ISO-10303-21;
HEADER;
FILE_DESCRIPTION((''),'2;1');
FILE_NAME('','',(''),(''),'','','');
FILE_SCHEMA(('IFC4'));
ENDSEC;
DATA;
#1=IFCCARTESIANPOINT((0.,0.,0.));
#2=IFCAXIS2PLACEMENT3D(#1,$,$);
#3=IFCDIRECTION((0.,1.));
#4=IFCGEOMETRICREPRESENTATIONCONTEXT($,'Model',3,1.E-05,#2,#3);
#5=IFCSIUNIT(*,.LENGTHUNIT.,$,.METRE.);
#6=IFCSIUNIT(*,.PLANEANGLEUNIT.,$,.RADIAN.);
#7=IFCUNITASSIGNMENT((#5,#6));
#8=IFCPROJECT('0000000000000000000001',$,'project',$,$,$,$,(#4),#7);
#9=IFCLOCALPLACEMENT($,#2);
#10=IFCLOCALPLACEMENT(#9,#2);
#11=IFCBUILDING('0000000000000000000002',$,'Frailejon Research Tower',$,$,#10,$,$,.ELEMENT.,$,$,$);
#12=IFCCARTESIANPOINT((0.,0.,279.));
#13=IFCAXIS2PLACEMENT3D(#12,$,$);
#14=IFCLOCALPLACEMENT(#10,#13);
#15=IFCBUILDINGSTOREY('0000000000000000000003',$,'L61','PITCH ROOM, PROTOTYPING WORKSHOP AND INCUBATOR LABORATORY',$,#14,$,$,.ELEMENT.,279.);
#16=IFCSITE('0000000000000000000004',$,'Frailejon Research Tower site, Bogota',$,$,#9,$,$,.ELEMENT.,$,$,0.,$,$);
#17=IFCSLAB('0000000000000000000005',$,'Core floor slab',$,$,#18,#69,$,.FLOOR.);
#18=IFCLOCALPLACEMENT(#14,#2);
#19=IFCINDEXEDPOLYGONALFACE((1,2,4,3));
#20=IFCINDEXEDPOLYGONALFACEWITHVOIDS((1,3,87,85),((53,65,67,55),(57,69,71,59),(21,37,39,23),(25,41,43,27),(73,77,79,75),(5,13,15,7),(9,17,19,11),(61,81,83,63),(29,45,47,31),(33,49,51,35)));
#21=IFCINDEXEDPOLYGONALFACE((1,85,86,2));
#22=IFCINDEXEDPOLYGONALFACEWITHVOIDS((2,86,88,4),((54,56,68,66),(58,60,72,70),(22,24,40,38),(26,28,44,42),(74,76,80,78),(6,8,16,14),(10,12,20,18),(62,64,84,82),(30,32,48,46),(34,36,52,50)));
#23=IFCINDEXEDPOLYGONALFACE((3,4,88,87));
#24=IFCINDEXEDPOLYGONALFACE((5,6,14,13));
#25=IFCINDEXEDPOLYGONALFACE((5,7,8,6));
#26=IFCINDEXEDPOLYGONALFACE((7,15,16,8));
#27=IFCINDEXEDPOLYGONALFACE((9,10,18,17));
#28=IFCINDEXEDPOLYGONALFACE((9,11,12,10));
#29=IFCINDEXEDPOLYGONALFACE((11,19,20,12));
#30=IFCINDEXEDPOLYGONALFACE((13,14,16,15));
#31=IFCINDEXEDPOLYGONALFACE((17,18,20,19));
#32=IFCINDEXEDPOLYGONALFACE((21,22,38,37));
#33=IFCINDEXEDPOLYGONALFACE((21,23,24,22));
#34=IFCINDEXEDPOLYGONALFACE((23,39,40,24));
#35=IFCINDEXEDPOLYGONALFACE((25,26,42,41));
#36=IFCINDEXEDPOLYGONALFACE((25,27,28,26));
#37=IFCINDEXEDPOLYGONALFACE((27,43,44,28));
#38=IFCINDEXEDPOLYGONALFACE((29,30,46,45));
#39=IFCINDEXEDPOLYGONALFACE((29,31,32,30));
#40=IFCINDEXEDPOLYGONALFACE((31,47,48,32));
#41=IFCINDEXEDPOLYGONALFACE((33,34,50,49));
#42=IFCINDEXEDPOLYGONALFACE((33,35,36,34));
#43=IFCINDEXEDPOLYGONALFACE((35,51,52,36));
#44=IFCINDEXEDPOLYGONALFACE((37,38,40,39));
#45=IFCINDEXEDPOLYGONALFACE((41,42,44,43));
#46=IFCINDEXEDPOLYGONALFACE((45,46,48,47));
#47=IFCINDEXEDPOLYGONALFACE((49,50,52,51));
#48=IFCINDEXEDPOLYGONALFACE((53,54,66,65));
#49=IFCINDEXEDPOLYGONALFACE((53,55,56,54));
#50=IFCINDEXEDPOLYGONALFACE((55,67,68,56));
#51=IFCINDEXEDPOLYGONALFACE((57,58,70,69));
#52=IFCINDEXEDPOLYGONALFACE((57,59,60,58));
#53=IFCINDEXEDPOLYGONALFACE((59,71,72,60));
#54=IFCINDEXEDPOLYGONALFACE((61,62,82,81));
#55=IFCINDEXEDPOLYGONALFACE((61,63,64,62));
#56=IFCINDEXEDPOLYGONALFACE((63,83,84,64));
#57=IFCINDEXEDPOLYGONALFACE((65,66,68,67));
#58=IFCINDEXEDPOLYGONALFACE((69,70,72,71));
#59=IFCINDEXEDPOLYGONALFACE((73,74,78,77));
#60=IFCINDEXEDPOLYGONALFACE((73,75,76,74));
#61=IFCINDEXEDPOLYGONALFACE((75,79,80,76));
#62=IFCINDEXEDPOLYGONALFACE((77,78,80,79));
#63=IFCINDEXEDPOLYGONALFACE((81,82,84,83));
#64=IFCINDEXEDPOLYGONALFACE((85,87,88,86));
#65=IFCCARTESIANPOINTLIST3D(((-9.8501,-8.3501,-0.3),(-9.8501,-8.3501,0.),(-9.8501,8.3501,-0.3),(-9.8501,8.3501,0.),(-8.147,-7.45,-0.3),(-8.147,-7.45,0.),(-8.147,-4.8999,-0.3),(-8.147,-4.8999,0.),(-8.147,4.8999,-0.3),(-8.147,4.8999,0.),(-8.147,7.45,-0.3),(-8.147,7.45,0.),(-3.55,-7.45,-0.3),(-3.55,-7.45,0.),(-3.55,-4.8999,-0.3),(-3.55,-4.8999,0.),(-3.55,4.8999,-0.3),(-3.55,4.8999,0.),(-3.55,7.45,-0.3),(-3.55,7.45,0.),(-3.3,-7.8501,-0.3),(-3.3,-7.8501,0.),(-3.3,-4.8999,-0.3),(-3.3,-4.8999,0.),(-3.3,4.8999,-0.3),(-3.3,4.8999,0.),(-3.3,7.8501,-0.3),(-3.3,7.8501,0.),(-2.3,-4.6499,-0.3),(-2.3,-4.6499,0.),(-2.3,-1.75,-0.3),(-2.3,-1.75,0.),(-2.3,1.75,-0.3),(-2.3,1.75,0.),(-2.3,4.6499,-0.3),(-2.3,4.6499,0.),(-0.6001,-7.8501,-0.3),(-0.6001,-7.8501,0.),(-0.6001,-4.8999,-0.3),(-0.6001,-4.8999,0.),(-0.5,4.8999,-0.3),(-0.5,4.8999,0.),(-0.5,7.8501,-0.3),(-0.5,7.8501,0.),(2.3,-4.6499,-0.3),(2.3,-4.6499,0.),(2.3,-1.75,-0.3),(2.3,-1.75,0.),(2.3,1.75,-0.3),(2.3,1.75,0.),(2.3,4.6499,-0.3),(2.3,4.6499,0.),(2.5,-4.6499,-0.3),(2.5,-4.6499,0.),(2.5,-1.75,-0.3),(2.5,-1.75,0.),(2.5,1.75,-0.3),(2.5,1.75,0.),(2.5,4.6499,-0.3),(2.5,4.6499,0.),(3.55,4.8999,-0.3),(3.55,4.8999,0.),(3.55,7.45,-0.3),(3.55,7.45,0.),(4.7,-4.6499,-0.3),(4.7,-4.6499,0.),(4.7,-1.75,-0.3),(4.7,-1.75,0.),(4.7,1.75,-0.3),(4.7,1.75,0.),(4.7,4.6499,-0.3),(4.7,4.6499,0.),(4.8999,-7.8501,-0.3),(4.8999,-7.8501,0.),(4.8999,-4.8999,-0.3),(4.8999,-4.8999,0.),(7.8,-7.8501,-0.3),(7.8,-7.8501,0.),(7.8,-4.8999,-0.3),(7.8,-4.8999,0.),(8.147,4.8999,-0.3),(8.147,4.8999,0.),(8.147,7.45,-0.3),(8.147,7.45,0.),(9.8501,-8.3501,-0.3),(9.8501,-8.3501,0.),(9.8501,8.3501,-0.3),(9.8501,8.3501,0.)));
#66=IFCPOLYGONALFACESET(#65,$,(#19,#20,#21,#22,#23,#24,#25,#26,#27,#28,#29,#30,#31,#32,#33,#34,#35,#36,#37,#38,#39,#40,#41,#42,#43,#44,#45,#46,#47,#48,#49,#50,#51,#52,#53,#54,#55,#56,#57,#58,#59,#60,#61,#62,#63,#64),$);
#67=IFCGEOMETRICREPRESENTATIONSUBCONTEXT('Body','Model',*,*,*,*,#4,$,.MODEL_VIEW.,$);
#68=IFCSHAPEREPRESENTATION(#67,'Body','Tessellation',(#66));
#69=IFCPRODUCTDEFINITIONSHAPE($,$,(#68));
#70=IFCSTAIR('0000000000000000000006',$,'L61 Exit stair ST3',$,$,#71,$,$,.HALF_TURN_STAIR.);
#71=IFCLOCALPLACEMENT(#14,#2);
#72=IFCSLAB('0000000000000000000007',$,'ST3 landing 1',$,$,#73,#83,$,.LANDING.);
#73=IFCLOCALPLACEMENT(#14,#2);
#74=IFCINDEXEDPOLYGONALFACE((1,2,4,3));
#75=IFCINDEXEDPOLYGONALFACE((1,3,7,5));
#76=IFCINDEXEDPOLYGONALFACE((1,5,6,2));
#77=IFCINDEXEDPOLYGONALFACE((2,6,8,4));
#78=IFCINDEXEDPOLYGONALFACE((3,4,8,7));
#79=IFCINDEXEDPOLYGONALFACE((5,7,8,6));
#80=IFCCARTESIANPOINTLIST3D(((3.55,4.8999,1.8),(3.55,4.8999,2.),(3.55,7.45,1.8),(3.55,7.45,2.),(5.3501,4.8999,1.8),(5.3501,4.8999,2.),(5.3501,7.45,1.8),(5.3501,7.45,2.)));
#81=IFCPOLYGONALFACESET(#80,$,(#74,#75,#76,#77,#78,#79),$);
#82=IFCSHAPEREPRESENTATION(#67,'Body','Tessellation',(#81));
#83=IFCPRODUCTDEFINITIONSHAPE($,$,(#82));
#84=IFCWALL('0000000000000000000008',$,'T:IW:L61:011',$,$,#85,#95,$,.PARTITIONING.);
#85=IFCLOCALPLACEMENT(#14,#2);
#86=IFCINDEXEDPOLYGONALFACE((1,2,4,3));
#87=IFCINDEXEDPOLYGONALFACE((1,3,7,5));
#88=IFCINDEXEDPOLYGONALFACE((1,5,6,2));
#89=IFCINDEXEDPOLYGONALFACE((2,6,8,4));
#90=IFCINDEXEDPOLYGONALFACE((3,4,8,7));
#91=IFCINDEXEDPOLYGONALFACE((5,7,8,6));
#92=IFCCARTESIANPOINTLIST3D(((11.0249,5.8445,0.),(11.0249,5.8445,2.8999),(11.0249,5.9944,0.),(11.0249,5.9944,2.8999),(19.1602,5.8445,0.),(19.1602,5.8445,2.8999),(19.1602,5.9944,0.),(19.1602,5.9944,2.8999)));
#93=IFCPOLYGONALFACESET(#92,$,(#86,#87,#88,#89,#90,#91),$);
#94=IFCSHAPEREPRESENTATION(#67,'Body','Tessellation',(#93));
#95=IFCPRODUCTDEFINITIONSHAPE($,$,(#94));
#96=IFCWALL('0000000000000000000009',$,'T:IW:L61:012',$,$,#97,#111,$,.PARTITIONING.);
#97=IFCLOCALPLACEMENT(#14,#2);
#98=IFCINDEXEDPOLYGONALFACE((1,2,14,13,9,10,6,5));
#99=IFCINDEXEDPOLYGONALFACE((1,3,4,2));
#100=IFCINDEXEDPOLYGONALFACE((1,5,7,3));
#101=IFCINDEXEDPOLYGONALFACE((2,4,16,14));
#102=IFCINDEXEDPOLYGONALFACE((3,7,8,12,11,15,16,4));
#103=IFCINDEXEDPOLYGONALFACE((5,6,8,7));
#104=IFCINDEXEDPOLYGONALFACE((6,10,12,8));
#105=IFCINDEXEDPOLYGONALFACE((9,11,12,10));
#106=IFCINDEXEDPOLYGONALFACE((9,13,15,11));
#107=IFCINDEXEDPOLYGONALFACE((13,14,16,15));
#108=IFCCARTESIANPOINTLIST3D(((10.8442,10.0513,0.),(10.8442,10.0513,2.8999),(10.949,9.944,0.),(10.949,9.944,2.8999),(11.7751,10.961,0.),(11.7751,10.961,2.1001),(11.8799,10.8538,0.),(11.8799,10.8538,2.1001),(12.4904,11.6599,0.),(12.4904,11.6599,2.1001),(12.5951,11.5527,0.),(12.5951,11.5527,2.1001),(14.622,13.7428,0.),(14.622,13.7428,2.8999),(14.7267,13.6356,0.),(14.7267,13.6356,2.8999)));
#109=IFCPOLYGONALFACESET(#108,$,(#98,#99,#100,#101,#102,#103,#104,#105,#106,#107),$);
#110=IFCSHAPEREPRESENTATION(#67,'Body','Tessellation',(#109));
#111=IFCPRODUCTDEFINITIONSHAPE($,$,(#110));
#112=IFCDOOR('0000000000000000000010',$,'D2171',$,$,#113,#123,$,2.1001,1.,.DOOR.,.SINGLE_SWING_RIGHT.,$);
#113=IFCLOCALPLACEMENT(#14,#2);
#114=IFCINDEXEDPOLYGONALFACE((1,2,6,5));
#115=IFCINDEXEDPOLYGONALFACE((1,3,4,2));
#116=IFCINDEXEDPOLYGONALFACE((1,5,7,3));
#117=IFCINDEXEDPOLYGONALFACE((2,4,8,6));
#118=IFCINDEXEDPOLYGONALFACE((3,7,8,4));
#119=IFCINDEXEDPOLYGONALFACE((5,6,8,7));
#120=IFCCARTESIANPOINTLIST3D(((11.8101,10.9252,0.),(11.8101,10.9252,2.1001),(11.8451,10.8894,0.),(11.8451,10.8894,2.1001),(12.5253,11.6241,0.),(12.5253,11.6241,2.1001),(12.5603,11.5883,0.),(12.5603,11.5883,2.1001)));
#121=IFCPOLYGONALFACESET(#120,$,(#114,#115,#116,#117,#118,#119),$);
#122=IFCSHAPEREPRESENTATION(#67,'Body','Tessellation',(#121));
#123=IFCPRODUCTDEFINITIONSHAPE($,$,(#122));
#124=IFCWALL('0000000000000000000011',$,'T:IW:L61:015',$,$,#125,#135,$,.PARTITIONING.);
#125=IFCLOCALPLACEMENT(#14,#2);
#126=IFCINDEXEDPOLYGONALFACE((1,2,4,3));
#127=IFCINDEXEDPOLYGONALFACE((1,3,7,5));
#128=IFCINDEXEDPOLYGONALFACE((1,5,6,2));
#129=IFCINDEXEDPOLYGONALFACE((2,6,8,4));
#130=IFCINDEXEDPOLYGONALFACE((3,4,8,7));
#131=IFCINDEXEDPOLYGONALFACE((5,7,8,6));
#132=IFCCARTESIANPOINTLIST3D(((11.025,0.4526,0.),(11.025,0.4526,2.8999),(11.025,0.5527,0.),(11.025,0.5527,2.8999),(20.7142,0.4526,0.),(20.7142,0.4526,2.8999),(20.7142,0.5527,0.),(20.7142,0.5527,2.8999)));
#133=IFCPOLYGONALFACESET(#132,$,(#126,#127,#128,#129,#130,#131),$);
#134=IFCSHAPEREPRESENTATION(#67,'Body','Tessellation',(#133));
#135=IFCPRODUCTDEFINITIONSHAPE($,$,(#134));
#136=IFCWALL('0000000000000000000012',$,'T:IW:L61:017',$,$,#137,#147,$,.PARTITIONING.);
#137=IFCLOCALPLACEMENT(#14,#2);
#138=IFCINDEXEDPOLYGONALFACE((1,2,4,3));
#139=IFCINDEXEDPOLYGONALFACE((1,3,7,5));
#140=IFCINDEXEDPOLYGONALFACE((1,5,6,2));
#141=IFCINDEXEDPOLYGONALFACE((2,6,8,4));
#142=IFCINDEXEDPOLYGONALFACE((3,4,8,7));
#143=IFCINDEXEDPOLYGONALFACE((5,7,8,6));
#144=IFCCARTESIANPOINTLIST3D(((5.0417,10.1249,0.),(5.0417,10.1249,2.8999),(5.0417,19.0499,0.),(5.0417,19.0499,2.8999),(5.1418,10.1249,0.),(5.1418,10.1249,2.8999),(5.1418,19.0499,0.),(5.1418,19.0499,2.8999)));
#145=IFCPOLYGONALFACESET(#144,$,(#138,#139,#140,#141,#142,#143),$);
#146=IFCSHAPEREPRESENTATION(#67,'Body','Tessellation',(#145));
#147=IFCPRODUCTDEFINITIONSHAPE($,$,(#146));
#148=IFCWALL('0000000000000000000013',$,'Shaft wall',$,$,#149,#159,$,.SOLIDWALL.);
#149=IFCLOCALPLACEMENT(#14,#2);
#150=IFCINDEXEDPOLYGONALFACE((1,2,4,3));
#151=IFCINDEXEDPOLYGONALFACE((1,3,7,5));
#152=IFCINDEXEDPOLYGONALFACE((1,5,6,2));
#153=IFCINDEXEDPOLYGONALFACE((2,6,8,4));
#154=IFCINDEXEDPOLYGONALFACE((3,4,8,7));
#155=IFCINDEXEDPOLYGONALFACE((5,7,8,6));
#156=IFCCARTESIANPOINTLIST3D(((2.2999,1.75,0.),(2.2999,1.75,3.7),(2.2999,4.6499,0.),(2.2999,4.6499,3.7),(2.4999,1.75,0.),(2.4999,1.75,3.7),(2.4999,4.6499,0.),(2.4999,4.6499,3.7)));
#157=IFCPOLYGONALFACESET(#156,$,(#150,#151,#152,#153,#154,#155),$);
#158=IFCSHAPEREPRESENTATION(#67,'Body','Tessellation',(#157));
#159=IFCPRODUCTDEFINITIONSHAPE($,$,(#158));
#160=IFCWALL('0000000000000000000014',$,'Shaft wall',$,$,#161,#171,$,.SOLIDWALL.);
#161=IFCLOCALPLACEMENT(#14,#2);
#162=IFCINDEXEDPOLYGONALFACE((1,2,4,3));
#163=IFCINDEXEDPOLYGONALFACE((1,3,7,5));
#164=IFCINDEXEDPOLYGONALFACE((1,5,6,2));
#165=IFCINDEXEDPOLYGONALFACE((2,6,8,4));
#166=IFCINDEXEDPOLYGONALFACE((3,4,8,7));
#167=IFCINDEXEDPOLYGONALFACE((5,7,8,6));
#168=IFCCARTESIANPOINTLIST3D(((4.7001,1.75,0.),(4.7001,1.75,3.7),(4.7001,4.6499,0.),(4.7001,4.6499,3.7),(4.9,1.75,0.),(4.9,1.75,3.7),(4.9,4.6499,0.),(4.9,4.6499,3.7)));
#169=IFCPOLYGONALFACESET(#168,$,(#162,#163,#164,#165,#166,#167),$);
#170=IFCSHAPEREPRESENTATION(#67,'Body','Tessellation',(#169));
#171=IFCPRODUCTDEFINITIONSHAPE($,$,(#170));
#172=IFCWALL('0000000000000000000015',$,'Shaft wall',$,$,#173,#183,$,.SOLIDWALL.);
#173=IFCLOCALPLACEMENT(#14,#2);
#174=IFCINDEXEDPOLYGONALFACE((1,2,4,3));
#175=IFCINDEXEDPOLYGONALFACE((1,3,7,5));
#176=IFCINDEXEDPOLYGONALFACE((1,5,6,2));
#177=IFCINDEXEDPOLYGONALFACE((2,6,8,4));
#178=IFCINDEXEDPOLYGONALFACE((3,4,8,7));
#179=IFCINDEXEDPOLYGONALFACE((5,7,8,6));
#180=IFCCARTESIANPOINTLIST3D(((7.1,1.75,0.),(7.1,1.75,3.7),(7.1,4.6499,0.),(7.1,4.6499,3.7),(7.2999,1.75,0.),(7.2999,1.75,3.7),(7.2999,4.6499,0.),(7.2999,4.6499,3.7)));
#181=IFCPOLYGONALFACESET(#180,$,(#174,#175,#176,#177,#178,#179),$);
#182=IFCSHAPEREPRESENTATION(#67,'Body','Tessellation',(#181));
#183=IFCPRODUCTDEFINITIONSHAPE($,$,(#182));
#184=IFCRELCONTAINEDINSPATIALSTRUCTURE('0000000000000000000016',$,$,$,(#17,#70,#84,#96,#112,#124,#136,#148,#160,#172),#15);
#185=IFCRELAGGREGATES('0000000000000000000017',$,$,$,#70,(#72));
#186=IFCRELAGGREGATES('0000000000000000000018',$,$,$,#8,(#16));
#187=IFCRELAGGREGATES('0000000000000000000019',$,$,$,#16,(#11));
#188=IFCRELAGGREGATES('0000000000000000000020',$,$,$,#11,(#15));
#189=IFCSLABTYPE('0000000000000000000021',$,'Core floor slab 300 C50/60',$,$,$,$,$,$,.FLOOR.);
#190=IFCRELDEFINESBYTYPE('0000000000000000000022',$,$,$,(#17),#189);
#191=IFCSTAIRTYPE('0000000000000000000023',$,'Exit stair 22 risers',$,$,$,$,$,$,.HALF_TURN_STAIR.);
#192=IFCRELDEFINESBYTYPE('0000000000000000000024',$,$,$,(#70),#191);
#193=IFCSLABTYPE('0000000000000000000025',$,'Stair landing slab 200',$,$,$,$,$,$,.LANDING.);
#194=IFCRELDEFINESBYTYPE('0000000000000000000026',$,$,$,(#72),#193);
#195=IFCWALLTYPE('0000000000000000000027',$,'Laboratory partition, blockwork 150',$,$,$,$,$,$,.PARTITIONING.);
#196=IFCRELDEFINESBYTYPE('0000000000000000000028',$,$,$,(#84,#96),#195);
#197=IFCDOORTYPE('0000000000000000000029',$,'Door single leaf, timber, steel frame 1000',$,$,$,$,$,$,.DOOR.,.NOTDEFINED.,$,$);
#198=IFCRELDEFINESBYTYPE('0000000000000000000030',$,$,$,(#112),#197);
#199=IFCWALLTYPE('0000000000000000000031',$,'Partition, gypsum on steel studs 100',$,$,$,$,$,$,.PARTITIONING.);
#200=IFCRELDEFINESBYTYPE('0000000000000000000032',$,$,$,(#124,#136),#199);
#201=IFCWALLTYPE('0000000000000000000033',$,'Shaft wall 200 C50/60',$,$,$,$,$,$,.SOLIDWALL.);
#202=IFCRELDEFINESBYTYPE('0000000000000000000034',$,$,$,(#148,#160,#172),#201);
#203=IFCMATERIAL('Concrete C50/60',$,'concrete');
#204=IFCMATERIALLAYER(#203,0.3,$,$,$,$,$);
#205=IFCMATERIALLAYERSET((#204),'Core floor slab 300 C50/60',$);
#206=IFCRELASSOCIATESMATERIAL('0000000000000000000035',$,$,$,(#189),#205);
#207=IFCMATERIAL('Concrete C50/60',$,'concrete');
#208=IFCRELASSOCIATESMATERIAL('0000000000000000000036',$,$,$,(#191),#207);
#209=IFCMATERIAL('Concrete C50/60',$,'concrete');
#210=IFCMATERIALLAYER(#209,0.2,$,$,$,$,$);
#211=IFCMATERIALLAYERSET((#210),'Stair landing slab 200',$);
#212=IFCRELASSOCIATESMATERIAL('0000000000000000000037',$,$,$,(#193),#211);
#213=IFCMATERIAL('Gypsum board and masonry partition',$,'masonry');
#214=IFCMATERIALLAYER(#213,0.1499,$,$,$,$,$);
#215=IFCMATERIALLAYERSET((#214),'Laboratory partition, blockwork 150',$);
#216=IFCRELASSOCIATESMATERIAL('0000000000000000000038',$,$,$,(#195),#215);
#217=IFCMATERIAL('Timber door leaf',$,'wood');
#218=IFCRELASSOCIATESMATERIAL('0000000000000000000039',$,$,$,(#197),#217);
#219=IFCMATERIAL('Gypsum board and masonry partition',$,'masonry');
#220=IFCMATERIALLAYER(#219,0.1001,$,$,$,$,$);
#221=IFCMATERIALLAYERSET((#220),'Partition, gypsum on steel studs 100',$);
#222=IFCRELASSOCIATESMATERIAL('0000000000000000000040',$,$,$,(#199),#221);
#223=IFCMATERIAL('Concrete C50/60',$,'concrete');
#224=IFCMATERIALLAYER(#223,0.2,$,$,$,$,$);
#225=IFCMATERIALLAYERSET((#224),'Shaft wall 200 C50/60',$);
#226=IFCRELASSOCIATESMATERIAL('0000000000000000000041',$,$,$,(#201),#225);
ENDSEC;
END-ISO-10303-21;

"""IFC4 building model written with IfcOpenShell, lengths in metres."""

from ifc_helpers import new_model, si_unit, direction, frame, frame_2d, origin, place, context, subcontext, project, spatial, polyline, rectangle, outline, extrude, material, layer, layer_set, type_object, element, fill, aggregate, save


model = new_model("IFC4")

# Units and contexts
model_context = context("Model", 3, precision=1e-05, world=origin(), true_north=direction((0.0, 1.0)))
body_context = subcontext(model_context, "Body", "Model", "MODEL_VIEW")
ifc_project = project(units=[si_unit("LENGTHUNIT", "METRE"), si_unit("PLANEANGLEUNIT", "RADIAN")], contexts=[model_context])

# Site, building, storey
site_placement = place(None, origin())
site = spatial("IfcSite", under=ifc_project, at=site_placement, Name="Frailejon Research Tower site, Bogota", CompositionType="ELEMENT", RefElevation=0.0)
building_placement = place(site_placement, origin())
building = spatial("IfcBuilding", under=site, at=building_placement, Name="Frailejon Research Tower", CompositionType="ELEMENT")
storey_placement = place(building_placement, frame((0.0, 0.0, 279.0)))
storey = spatial("IfcBuildingStorey", under=building, at=storey_placement, Name="L61", Description="PITCH ROOM, PROTOTYPING WORKSHOP AND INCUBATOR LABORATORY", CompositionType="ELEMENT", Elevation=279.0)

# Slab
ifc_material_1 = material(Name="Concrete C50/60", Category="concrete")
ifc_layer_1 = layer(ifc_material_1, 0.3)
ifc_layer_set_1 = layer_set([ifc_layer_1], Name="Core floor slab 300 C50/60")
slab_type_1 = type_object("IfcSlabType", Name="Core floor slab 300 C50/60", PredefinedType="FLOOR", material=ifc_layer_set_1)
slab_1_placement = place(storey_placement, frame((0.0, 0.0, -0.3)))
element("IfcSlab", 1, at=slab_1_placement, inside=storey, type_object=slab_type_1, Name="Core floor slab", PredefinedType="FLOOR", context=body_context, shape_type="SweptSolid", body=[
    extrude(outline(polyline([(9.8501, -8.3501), (9.8501, 8.3501), (-9.8501, 8.3501), (-9.8501, -8.3501), (9.8501, -8.3501)]), holes=[polyline([(2.3, 1.75), (2.3, 4.6499), (-2.3, 4.6499), (-2.3, 1.75), (2.3, 1.75)]), polyline([(4.7, 1.75), (4.7, 4.6499), (2.5, 4.6499), (2.5, 1.75), (4.7, 1.75)]), polyline([(2.3, -4.6499), (2.3, -1.75), (-2.3, -1.75), (-2.3, -4.6499), (2.3, -4.6499)]), polyline([(4.7, -4.6499), (4.7, -1.75), (2.5, -1.75), (2.5, -4.6499), (4.7, -4.6499)]), polyline([(-8.147, 4.8999), (-3.55, 4.8999), (-3.55, 7.45), (-8.147, 7.45), (-8.147, 4.8999)]), polyline([(-8.147, -7.45), (-3.55, -7.45), (-3.55, -4.8999), (-8.147, -4.8999), (-8.147, -7.45)]), polyline([(8.147, 7.45), (3.55, 7.45), (3.55, 4.8999), (8.147, 4.8999), (8.147, 7.45)]), polyline([(-0.6001, -7.8501), (-0.6001, -4.8999), (-3.3, -4.8999), (-3.3, -7.8501), (-0.6001, -7.8501)]), polyline([(7.8, -7.8501), (7.8, -4.8999), (4.8999, -4.8999), (4.8999, -7.8501), (7.8, -7.8501)]), polyline([(-0.5, 4.8999), (-0.5, 7.8501), (-3.3, 7.8501), (-3.3, 4.8999), (-0.5, 4.8999)])]), origin(), (0.0, 0.0, 1.0), 0.3),
])

# Stair, slab
ifc_material_2 = material(Name="Concrete C50/60", Category="concrete")
stair_type = type_object("IfcStairType", Name="Exit stair 22 risers", PredefinedType="HALF_TURN_STAIR", material=ifc_material_2)
stair_placement = place(storey_placement, origin())
stair = element("IfcStair", 2, at=stair_placement, inside=storey, type_object=stair_type, Name="L61 Exit stair ST3", PredefinedType="HALF_TURN_STAIR")
ifc_material_3 = material(Name="Concrete C50/60", Category="concrete")
ifc_layer_2 = layer(ifc_material_3, 0.2)
ifc_layer_set_2 = layer_set([ifc_layer_2], Name="Stair landing slab 200")
slab_type_2 = type_object("IfcSlabType", Name="Stair landing slab 200", PredefinedType="LANDING", material=ifc_layer_set_2)
slab_2_placement = place(storey_placement, frame((0.0, 0.0, 1.8)))
slab_2 = element("IfcSlab", 3, at=slab_2_placement, type_object=slab_type_2, Name="ST3 landing 1", PredefinedType="LANDING", context=body_context, shape_type="SweptSolid", body=[
    extrude(outline(polyline([(5.3501, 7.45), (3.55, 7.45), (3.55, 4.8999), (5.3501, 4.8999), (5.3501, 7.45)])), origin(), (0.0, 0.0, 1.0), 0.2),
])

# Wall
ifc_material_4 = material(Name="Gypsum board and masonry partition", Category="masonry")
ifc_layer_3 = layer(ifc_material_4, 0.1499)
ifc_layer_set_3 = layer_set([ifc_layer_3], Name="Laboratory partition, blockwork 150")
wall_type_1 = type_object("IfcWallType", Name="Laboratory partition, blockwork 150", PredefinedType="PARTITIONING", material=ifc_layer_set_3)
wall_1_placement = place(storey_placement, frame((11.0249, 5.9194, 0.0), z_axis=(0.0, 0.0, 1.0), x_axis=(1.0, 0.0, 0.0)))
element("IfcWall", 4, at=wall_1_placement, inside=storey, type_object=wall_type_1, Name="T:IW:L61:011", PredefinedType="PARTITIONING", context=body_context, shape_type="SweptSolid", body=[
    extrude(rectangle(XDim=8.1353, YDim=0.1499, at=frame_2d((4.0676, 0.0))), origin(), (0.0, 0.0, 1.0), 2.8999),
])

# Wall, opening, door
wall_2_placement = place(storey_placement, frame((10.8965, 9.9976, 0.0), z_axis=(0.0, 0.0, 1.0), x_axis=(0.715218, 0.698902, 0.0)))
wall_2 = element("IfcWall", 5, at=wall_2_placement, inside=storey, type_object=wall_type_1, Name="T:IW:L61:012", PredefinedType="PARTITIONING", context=body_context, shape_type="SweptSolid", body=[
    extrude(rectangle(XDim=5.282, YDim=0.1499, at=frame_2d((2.6411, 0.0))), origin(), (0.0, 0.0, 1.0), 2.8999),
])
opening_1_placement = place(wall_2_placement, frame((1.3018, 0.0, 0.0)))
opening_1 = element("IfcOpeningElement", 6, at=opening_1_placement, cuts=wall_2, PredefinedType="OPENING", context=body_context, shape_type="SweptSolid", body=[
    extrude(rectangle(XDim=1.0, YDim=2.1001, at=frame_2d((0.5, 1.05))), frame((0.0, 0.085, 0.0), z_axis=(0.0, -1.0, 0.0), x_axis=(1.0, 0.0, 0.0)), (0.0, 0.0, 1.0), 0.1699),
])
ifc_material_5 = material(Name="Timber door leaf", Category="wood")
door_type_1 = type_object("IfcDoorType", Name="Door single leaf, timber, steel frame 1000", OperationType="NOTDEFINED", PredefinedType="DOOR", material=ifc_material_5)
door_1_placement = place(opening_1_placement, origin())
door_1 = element("IfcDoor", 7, at=door_1_placement, inside=storey, type_object=door_type_1, Name="D2171", OperationType="SINGLE_SWING_RIGHT", OverallHeight=2.1001, OverallWidth=1.0, PredefinedType="DOOR", context=body_context, shape_type="SweptSolid", body=[
    extrude(rectangle(XDim=1.0, YDim=2.1001, at=frame_2d((0.5, 1.05))), frame((0.0, 0.0249, 0.0), z_axis=(0.0, -1.0, 0.0), x_axis=(1.0, 0.0, 0.0)), (0.0, 0.0, 1.0), 0.05),
])
fill(opening_1, door_1)

# Walls
ifc_material_6 = material(Name="Gypsum board and masonry partition", Category="masonry")
ifc_layer_4 = layer(ifc_material_6, 0.1001)
ifc_layer_set_4 = layer_set([ifc_layer_4], Name="Partition, gypsum on steel studs 100")
wall_type_2 = type_object("IfcWallType", Name="Partition, gypsum on steel studs 100", PredefinedType="PARTITIONING", material=ifc_layer_set_4)
wall_3_placement = place(storey_placement, frame((11.0249, 0.5027, 0.0), z_axis=(0.0, 0.0, 1.0), x_axis=(1.0, 0.0, 0.0)))
element("IfcWall", 8, at=wall_3_placement, inside=storey, type_object=wall_type_2, Name="T:IW:L61:015", PredefinedType="PARTITIONING", context=body_context, shape_type="SweptSolid", body=[
    extrude(rectangle(XDim=9.6892, YDim=0.1001, at=frame_2d((4.8447, 0.0))), origin(), (0.0, 0.0, 1.0), 2.8999),
])
wall_4_placement = place(storey_placement, frame((5.0918, 10.125, 0.0), z_axis=(0.0, 0.0, 1.0), x_axis=(0.0, 1.0, 0.0)))
element("IfcWall", 9, at=wall_4_placement, inside=storey, type_object=wall_type_2, Name="T:IW:L61:017", PredefinedType="PARTITIONING", context=body_context, shape_type="SweptSolid", body=[
    extrude(rectangle(XDim=8.925, YDim=0.1001, at=frame_2d((4.4624, 0.0))), origin(), (0.0, 0.0, 1.0), 2.8999),
])
ifc_material_7 = material(Name="Concrete C50/60", Category="concrete")
ifc_layer_5 = layer(ifc_material_7, 0.2)
ifc_layer_set_5 = layer_set([ifc_layer_5], Name="Shaft wall 200 C50/60")
wall_type_3 = type_object("IfcWallType", Name="Shaft wall 200 C50/60", PredefinedType="SOLIDWALL", material=ifc_layer_set_5)
for number, where, z_axis, x_axis, name in (
    (10, (2.3999, 1.75, 0.0), (0.0, 0.0, 1.0), (0.0, 1.0, 0.0), "Shaft wall"),
    (11, (4.8, 1.75, 0.0), (0.0, 0.0, 1.0), (0.0, 1.0, 0.0), "Shaft wall"),
    (12, (7.2, 1.75, 0.0), (0.0, 0.0, 1.0), (0.0, 1.0, 0.0), "Shaft wall"),
):
    element("IfcWall", number, at=place(storey_placement, frame(where, z_axis=z_axis, x_axis=x_axis)), inside=storey, type_object=wall_type_3, Name=name, PredefinedType="SOLIDWALL", context=body_context, shape_type="SweptSolid", body=[
        extrude(rectangle(XDim=2.8999, YDim=0.2, at=frame_2d((1.45, 0.0))), origin(), (0.0, 0.0, 1.0), 3.7),
    ])

aggregate(stair, [slab_2])

save(model, "model.ifc")
